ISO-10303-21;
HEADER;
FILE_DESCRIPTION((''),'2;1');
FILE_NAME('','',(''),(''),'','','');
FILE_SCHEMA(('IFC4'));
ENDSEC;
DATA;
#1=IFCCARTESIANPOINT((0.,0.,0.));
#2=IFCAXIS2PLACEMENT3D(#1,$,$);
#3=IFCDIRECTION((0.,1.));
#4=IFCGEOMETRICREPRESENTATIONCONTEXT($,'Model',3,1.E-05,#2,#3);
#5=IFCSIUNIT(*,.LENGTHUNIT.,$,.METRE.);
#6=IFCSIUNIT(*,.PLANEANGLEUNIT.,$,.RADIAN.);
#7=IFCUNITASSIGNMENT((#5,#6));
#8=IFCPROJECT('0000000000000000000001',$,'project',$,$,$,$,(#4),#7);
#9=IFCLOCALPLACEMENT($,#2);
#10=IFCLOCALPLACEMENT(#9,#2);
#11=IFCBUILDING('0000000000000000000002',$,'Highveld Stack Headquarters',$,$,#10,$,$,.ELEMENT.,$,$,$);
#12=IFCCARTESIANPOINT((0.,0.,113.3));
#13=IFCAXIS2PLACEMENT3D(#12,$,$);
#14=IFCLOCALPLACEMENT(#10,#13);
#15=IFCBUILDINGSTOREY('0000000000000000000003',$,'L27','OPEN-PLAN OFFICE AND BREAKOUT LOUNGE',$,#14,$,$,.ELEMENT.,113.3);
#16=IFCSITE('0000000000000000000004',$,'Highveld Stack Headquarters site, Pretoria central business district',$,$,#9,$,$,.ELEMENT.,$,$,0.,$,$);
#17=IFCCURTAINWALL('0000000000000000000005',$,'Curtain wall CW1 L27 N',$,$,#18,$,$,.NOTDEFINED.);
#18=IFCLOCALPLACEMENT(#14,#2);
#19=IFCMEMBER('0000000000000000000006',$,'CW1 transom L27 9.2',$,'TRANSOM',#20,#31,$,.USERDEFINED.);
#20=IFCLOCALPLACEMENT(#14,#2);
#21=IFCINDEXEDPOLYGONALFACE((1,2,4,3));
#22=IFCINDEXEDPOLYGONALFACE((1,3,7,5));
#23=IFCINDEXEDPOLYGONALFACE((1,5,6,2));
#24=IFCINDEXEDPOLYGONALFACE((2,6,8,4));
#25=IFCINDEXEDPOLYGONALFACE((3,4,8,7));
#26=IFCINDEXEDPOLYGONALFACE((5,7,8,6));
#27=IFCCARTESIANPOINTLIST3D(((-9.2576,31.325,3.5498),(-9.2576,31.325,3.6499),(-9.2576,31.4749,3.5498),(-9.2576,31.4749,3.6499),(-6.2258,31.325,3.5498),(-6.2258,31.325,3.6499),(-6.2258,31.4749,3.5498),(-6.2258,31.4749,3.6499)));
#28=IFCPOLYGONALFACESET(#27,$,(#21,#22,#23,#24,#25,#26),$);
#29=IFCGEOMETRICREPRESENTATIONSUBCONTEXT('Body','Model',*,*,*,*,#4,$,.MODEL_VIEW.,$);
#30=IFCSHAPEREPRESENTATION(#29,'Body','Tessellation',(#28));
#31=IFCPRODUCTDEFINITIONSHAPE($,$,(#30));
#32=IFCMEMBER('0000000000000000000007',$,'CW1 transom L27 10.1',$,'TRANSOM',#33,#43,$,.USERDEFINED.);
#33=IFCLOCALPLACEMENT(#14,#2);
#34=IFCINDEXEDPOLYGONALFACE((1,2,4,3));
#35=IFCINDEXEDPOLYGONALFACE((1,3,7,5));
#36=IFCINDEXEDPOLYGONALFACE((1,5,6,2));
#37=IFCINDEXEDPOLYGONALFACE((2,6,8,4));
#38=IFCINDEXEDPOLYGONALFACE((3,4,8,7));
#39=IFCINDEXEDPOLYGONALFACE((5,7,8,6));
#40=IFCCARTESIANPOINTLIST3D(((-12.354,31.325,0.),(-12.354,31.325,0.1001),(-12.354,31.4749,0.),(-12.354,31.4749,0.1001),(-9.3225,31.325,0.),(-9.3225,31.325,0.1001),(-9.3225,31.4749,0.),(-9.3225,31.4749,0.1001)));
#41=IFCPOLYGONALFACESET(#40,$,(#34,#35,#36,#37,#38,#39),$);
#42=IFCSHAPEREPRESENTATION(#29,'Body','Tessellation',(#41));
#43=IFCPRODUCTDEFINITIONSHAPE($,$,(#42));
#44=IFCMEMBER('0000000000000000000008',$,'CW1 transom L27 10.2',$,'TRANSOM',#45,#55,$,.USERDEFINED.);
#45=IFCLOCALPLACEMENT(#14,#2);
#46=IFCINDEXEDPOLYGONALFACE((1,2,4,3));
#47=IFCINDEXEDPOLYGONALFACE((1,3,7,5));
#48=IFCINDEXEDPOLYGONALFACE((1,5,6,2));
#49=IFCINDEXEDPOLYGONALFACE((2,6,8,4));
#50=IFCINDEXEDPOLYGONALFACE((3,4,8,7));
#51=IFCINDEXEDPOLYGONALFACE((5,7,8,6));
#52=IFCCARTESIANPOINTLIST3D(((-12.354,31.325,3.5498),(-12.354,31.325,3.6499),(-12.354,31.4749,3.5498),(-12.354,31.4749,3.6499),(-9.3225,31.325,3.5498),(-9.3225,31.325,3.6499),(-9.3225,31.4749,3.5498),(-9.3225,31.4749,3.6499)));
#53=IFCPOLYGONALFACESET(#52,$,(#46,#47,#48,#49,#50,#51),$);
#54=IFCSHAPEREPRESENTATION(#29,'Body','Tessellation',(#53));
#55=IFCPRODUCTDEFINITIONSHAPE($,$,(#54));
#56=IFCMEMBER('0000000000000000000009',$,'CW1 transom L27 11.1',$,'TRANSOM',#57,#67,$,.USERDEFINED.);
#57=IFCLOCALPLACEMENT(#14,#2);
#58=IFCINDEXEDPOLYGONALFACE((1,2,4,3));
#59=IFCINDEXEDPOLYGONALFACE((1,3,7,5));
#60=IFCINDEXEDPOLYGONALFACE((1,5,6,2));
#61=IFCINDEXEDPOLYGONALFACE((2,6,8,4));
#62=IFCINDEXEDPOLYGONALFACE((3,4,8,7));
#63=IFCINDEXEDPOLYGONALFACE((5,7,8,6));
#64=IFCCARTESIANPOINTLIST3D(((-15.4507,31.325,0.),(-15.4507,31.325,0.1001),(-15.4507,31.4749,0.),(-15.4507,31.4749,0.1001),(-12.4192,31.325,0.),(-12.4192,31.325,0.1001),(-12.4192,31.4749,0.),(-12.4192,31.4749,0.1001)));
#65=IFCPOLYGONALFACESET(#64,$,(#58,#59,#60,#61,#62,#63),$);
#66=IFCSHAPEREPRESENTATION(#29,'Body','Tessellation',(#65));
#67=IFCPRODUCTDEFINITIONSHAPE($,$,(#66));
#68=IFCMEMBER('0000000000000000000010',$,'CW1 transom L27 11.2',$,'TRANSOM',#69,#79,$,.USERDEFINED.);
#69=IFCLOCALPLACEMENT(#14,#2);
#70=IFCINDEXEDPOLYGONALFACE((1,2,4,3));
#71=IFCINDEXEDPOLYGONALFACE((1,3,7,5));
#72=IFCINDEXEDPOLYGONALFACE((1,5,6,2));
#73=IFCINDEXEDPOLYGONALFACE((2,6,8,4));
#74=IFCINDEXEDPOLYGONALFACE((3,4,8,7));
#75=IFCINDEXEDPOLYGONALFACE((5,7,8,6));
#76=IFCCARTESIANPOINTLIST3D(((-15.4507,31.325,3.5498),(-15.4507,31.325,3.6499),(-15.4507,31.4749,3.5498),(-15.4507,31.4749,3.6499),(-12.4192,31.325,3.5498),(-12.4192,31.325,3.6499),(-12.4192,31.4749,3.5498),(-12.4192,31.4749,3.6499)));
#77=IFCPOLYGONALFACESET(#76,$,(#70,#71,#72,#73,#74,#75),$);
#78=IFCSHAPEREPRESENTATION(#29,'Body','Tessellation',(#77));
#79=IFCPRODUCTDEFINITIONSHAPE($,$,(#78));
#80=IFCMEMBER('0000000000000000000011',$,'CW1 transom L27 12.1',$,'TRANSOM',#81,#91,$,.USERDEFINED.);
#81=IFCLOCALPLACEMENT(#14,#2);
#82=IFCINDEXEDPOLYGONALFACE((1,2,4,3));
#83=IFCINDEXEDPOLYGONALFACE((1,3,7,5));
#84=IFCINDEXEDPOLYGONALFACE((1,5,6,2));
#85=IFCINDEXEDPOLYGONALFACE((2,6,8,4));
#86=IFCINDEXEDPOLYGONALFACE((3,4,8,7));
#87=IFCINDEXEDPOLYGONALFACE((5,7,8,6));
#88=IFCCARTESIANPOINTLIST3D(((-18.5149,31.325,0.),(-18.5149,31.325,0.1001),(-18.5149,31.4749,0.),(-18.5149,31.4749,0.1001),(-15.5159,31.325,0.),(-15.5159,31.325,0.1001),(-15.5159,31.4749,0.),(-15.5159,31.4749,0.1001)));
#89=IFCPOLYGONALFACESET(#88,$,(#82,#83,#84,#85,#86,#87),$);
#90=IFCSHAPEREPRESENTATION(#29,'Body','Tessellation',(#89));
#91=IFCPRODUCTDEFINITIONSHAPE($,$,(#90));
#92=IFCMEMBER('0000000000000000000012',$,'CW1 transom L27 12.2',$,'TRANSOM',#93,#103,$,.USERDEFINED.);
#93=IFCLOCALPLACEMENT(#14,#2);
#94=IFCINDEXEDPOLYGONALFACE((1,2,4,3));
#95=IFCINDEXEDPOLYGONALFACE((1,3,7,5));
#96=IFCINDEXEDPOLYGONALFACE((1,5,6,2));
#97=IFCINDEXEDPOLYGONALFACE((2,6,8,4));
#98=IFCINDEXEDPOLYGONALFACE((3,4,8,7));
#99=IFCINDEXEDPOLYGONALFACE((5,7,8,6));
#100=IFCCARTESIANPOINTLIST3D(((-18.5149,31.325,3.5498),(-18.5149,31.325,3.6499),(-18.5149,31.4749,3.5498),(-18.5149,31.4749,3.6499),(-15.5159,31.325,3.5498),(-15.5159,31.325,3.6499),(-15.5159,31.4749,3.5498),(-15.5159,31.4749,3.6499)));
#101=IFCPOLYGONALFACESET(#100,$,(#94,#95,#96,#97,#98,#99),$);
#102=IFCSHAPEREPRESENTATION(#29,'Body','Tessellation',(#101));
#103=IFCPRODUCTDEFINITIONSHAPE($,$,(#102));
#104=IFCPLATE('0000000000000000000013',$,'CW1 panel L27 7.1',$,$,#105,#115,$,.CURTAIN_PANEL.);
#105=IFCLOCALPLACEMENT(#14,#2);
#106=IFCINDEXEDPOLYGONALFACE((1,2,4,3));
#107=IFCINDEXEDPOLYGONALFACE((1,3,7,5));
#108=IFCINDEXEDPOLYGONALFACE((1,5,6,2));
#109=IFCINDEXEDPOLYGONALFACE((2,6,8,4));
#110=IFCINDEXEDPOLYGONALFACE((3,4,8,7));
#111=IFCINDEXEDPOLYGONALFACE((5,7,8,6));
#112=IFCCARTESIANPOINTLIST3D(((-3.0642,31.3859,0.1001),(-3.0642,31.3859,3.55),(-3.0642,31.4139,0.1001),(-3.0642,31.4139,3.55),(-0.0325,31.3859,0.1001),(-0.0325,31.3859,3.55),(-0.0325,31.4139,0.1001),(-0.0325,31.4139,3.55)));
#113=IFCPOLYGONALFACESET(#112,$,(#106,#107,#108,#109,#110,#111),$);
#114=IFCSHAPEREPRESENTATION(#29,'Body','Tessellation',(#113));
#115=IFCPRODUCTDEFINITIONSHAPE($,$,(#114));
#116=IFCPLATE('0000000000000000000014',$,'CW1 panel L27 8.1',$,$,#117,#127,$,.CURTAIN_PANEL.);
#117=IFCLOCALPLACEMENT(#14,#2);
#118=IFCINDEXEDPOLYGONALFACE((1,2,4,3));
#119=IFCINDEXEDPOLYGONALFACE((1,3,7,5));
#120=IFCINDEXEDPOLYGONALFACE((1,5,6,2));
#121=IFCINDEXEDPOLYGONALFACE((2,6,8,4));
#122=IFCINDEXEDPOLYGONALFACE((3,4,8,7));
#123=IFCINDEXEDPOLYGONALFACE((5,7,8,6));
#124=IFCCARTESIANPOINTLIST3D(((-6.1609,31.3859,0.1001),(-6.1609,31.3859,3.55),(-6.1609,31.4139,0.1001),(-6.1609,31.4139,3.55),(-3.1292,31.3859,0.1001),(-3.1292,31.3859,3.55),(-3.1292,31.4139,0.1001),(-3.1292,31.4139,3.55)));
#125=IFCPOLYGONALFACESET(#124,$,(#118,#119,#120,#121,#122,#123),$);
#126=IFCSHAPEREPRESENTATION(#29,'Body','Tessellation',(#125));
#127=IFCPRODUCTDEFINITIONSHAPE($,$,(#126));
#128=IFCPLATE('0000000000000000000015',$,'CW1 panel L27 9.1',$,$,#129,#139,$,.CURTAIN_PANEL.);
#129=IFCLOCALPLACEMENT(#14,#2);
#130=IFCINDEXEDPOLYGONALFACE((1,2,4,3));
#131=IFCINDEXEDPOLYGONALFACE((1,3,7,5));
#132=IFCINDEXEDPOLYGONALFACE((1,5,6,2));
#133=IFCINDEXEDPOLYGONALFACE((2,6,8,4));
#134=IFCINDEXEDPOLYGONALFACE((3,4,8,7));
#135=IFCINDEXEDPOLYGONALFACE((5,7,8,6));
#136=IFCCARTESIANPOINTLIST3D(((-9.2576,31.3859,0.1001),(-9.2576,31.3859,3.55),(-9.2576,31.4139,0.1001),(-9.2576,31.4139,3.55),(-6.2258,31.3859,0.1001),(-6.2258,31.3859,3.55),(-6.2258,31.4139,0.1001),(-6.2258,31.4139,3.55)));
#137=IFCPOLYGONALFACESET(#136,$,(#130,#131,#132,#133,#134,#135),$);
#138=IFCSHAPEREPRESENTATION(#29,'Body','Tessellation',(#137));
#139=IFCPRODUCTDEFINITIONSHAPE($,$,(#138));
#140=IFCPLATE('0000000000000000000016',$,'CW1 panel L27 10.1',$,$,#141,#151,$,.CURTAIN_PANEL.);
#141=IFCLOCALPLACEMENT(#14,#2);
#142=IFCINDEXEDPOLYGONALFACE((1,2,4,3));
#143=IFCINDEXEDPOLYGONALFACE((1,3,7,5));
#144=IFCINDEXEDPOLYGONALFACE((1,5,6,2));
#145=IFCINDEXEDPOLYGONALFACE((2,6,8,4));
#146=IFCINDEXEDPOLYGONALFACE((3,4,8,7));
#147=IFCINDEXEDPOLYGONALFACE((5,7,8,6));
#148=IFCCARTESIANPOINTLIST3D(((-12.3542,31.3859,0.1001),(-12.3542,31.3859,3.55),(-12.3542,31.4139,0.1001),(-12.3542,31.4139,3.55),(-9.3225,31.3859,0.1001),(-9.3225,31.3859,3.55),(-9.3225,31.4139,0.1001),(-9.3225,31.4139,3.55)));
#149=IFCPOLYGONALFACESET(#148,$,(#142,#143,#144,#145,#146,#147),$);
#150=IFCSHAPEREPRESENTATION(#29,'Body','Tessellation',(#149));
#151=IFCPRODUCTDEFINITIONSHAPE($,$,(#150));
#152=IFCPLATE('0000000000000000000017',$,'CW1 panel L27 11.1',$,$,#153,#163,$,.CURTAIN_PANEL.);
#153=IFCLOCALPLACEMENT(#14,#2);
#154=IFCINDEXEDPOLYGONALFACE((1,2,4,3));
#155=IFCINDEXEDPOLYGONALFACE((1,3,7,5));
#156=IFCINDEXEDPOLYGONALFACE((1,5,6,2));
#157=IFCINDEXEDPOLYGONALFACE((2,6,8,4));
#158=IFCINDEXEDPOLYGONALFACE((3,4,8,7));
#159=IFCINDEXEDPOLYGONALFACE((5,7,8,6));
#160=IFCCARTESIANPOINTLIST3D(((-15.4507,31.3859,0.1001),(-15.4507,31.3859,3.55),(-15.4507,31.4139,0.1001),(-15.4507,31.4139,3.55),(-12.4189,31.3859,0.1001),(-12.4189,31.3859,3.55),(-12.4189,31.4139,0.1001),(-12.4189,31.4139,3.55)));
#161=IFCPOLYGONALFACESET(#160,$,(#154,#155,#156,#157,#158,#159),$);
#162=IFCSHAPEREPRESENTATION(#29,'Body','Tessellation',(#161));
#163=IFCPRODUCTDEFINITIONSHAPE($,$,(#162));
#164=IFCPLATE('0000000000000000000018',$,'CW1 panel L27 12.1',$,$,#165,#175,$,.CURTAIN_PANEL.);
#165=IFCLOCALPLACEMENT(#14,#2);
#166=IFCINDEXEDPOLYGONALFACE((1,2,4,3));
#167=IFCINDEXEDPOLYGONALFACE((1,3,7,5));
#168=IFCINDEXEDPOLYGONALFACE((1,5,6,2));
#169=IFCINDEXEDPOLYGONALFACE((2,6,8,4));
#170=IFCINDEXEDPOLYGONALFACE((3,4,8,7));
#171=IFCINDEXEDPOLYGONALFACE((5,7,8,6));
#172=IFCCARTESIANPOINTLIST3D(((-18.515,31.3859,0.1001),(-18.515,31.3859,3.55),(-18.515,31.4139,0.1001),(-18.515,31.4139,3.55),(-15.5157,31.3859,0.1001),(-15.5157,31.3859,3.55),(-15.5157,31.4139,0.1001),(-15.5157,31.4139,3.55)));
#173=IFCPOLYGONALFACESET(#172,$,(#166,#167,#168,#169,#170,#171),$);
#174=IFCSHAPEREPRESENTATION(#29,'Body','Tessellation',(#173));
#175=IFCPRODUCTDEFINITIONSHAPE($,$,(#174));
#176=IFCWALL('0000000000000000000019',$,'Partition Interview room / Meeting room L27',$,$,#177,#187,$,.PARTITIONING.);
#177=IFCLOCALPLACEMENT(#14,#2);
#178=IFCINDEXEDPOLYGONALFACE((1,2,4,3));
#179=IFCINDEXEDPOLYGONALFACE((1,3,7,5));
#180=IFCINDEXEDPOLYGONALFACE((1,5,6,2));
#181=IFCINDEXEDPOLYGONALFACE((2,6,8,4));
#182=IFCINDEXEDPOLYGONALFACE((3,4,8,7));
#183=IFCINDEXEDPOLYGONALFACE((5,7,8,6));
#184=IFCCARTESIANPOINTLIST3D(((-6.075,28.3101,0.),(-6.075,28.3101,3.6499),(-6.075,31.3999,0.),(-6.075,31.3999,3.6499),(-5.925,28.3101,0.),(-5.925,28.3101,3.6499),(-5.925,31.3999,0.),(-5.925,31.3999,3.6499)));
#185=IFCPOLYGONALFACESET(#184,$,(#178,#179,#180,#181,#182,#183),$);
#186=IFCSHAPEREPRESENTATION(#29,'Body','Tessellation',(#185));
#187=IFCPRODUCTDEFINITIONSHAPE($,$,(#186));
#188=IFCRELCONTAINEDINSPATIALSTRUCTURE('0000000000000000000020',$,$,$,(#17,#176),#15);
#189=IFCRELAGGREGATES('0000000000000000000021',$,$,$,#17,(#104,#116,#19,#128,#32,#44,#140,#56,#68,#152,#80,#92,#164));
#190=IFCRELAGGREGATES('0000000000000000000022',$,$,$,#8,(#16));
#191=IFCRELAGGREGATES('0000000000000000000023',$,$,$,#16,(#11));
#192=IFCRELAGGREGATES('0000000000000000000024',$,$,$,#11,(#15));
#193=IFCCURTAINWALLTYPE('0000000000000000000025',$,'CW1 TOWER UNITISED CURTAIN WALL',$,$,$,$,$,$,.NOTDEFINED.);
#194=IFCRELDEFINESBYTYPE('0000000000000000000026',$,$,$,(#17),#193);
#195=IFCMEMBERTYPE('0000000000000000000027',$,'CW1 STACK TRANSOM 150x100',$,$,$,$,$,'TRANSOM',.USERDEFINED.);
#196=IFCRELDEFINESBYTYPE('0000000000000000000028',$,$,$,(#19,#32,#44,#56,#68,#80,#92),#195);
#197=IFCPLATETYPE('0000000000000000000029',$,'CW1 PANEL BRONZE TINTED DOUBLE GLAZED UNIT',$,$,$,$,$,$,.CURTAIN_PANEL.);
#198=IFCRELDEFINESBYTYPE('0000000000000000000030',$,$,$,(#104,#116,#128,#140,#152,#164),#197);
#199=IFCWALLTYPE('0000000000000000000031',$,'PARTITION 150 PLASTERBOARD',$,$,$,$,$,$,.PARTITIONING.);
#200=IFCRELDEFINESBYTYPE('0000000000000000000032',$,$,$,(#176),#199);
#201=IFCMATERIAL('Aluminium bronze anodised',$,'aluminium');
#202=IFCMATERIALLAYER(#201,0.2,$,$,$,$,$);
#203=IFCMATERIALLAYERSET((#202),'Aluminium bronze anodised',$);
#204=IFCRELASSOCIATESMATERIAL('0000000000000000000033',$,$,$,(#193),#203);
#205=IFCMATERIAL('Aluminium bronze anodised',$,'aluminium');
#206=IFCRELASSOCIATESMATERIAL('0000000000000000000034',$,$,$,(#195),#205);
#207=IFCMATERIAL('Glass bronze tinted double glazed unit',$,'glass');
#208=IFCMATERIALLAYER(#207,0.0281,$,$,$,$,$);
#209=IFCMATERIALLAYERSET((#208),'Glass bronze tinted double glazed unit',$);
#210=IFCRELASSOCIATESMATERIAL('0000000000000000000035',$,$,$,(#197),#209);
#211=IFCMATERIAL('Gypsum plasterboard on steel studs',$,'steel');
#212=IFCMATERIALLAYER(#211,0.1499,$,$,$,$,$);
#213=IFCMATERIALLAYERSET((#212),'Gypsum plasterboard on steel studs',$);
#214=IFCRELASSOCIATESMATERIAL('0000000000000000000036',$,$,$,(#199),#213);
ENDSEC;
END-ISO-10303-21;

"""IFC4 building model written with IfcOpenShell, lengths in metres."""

from ifc_helpers import new_model, si_unit, direction, frame, frame_2d, origin, origin_2d, place, context, subcontext, project, spatial, rectangle, extrude, material, layer, layer_set, material_profile, profile_set, type_object, element, aggregate, save


model = new_model("IFC4")

# Units and contexts
model_context = context("Model", 3, precision=1e-05, world=origin(), true_north=direction((0.0, 1.0)))
body_context = subcontext(model_context, "Body", "Model", "MODEL_VIEW")
ifc_project = project(units=[si_unit("LENGTHUNIT", "METRE"), si_unit("PLANEANGLEUNIT", "RADIAN")], contexts=[model_context])

# Site, building, storey
site_placement = place(None, origin())
site = spatial("IfcSite", under=ifc_project, at=site_placement, Name="Highveld Stack Headquarters site, Pretoria central business district", CompositionType="ELEMENT", RefElevation=0.0)
building_placement = place(site_placement, origin())
building = spatial("IfcBuilding", under=site, at=building_placement, Name="Highveld Stack Headquarters", CompositionType="ELEMENT")
storey_placement = place(building_placement, frame((0.0, 0.0, 113.3)))
storey = spatial("IfcBuildingStorey", under=building, at=storey_placement, Name="L27", Description="OPEN-PLAN OFFICE AND BREAKOUT LOUNGE", CompositionType="ELEMENT", Elevation=113.3)

# Curtain wall, members, plates
ifc_material_1 = material(Name="Aluminium bronze anodised", Category="aluminium")
ifc_layer_1 = layer(ifc_material_1, 0.2)
ifc_layer_set_1 = layer_set([ifc_layer_1], Name="Aluminium bronze anodised")
curtain_wall_type = type_object("IfcCurtainWallType", Name="CW1 TOWER UNITISED CURTAIN WALL", PredefinedType="NOTDEFINED", material=ifc_layer_set_1)
curtain_wall_placement = place(storey_placement, origin())
curtain_wall = element("IfcCurtainWall", 1, at=curtain_wall_placement, inside=storey, type_object=curtain_wall_type, Name="Curtain wall CW1 L27 N", PredefinedType="NOTDEFINED")
ifc_material_2 = material(Name="Aluminium bronze anodised", Category="aluminium")
ifc_material_profile_1 = material_profile(ifc_material_2, rectangle(XDim=0.1499, YDim=0.1001, at=origin_2d()), Name="CW1 TRANSOM 150x100")
ifc_profile_set_1 = profile_set([ifc_material_profile_1], Name="Aluminium bronze anodised")
member_type_1 = type_object("IfcMemberType", Name="CW1 STACK TRANSOM 150x100", ElementType="TRANSOM", PredefinedType="USERDEFINED", material=ifc_profile_set_1)
member_1_placement = place(storey_placement, frame((-6.2258, 31.3999, 3.5999), z_axis=(-1.0, 0.0, 0.0), x_axis=(0.0, -1.0, 0.0)))
member_1 = element("IfcMember", 2, at=member_1_placement, type_object=member_type_1, Name="CW1 transom L27 9.2", ObjectType="TRANSOM", PredefinedType="USERDEFINED", context=body_context, shape_type="SweptSolid", body=[
    extrude(rectangle(XDim=0.1499, YDim=0.1001, at=origin_2d()), origin(), (0.0, 0.0, 1.0), 3.0317),
])
member_2_placement = place(storey_placement, frame((-9.3225, 31.3999, 0.05), z_axis=(-1.0, 0.0, 0.0), x_axis=(0.0, -1.0, 0.0)))
member_2 = element("IfcMember", 3, at=member_2_placement, type_object=member_type_1, Name="CW1 transom L27 10.1", ObjectType="TRANSOM", PredefinedType="USERDEFINED", context=body_context, shape_type="SweptSolid", body=[
    extrude(rectangle(XDim=0.1499, YDim=0.1001, at=origin_2d()), origin(), (0.0, 0.0, 1.0), 3.0315),
])
member_3_placement = place(storey_placement, frame((-9.3225, 31.3999, 3.5999), z_axis=(-1.0, 0.0, 0.0), x_axis=(0.0, -1.0, 0.0)))
member_3 = element("IfcMember", 4, at=member_3_placement, type_object=member_type_1, Name="CW1 transom L27 10.2", ObjectType="TRANSOM", PredefinedType="USERDEFINED", context=body_context, shape_type="SweptSolid", body=[
    extrude(rectangle(XDim=0.1499, YDim=0.1001, at=origin_2d()), origin(), (0.0, 0.0, 1.0), 3.0315),
])
member_4_placement = place(storey_placement, frame((-12.4192, 31.3999, 0.05), z_axis=(-1.0, 0.0, 0.0), x_axis=(0.0, -1.0, 0.0)))
member_4 = element("IfcMember", 5, at=member_4_placement, type_object=member_type_1, Name="CW1 transom L27 11.1", ObjectType="TRANSOM", PredefinedType="USERDEFINED", context=body_context, shape_type="SweptSolid", body=[
    extrude(rectangle(XDim=0.1499, YDim=0.1001, at=origin_2d()), origin(), (0.0, 0.0, 1.0), 3.0315),
])
member_5_placement = place(storey_placement, frame((-12.4192, 31.3999, 3.5999), z_axis=(-1.0, 0.0, 0.0), x_axis=(0.0, -1.0, 0.0)))
member_5 = element("IfcMember", 6, at=member_5_placement, type_object=member_type_1, Name="CW1 transom L27 11.2", ObjectType="TRANSOM", PredefinedType="USERDEFINED", context=body_context, shape_type="SweptSolid", body=[
    extrude(rectangle(XDim=0.1499, YDim=0.1001, at=origin_2d()), origin(), (0.0, 0.0, 1.0), 3.0315),
])
member_6_placement = place(storey_placement, frame((-15.5159, 31.3999, 0.05), z_axis=(-1.0, 0.0, 0.0), x_axis=(0.0, -1.0, 0.0)))
member_6 = element("IfcMember", 7, at=member_6_placement, type_object=member_type_1, Name="CW1 transom L27 12.1", ObjectType="TRANSOM", PredefinedType="USERDEFINED", context=body_context, shape_type="SweptSolid", body=[
    extrude(rectangle(XDim=0.1499, YDim=0.1001, at=origin_2d()), origin(), (0.0, 0.0, 1.0), 2.999),
])
member_7_placement = place(storey_placement, frame((-15.5159, 31.3999, 3.5999), z_axis=(-1.0, 0.0, 0.0), x_axis=(0.0, -1.0, 0.0)))
member_7 = element("IfcMember", 8, at=member_7_placement, type_object=member_type_1, Name="CW1 transom L27 12.2", ObjectType="TRANSOM", PredefinedType="USERDEFINED", context=body_context, shape_type="SweptSolid", body=[
    extrude(rectangle(XDim=0.1499, YDim=0.1001, at=origin_2d()), origin(), (0.0, 0.0, 1.0), 2.999),
])
ifc_material_3 = material(Name="Glass bronze tinted double glazed unit", Category="glass")
ifc_layer_2 = layer(ifc_material_3, 0.0281)
ifc_layer_set_2 = layer_set([ifc_layer_2], Name="Glass bronze tinted double glazed unit")
plate_type = type_object("IfcPlateType", Name="CW1 PANEL BRONZE TINTED DOUBLE GLAZED UNIT", PredefinedType="CURTAIN_PANEL", material=ifc_layer_set_2)
plate_1_placement = place(storey_placement, frame((-1.5483, 31.3999, 0.1001), z_axis=(0.0, 0.0, 1.0), x_axis=(-1.0, 0.0, 0.0)))
plate_1 = element("IfcPlate", 9, at=plate_1_placement, type_object=plate_type, Name="CW1 panel L27 7.1", PredefinedType="CURTAIN_PANEL", context=body_context, shape_type="SweptSolid", body=[
    extrude(rectangle(XDim=3.0317, YDim=0.0281, at=origin_2d()), origin(), (0.0, 0.0, 1.0), 3.45),
])
plate_2_placement = place(storey_placement, frame((-4.645, 31.3999, 0.1001), z_axis=(0.0, 0.0, 1.0), x_axis=(-1.0, 0.0, 0.0)))
plate_2 = element("IfcPlate", 10, at=plate_2_placement, type_object=plate_type, Name="CW1 panel L27 8.1", PredefinedType="CURTAIN_PANEL", context=body_context, shape_type="SweptSolid", body=[
    extrude(rectangle(XDim=3.0317, YDim=0.0281, at=origin_2d()), origin(), (0.0, 0.0, 1.0), 3.45),
])
plate_3_placement = place(storey_placement, frame((-7.7417, 31.3999, 0.1001), z_axis=(0.0, 0.0, 1.0), x_axis=(-1.0, 0.0, 0.0)))
plate_3 = element("IfcPlate", 11, at=plate_3_placement, type_object=plate_type, Name="CW1 panel L27 9.1", PredefinedType="CURTAIN_PANEL", context=body_context, shape_type="SweptSolid", body=[
    extrude(rectangle(XDim=3.0317, YDim=0.0281, at=origin_2d()), origin(), (0.0, 0.0, 1.0), 3.45),
])
plate_4_placement = place(storey_placement, frame((-10.8384, 31.3999, 0.1001), z_axis=(0.0, 0.0, 1.0), x_axis=(-1.0, 0.0, 0.0)))
plate_4 = element("IfcPlate", 12, at=plate_4_placement, type_object=plate_type, Name="CW1 panel L27 10.1", PredefinedType="CURTAIN_PANEL", context=body_context, shape_type="SweptSolid", body=[
    extrude(rectangle(XDim=3.0317, YDim=0.0281, at=origin_2d()), origin(), (0.0, 0.0, 1.0), 3.45),
])
plate_5_placement = place(storey_placement, frame((-13.9348, 31.3999, 0.1001), z_axis=(0.0, 0.0, 1.0), x_axis=(-1.0, 0.0, 0.0)))
plate_5 = element("IfcPlate", 13, at=plate_5_placement, type_object=plate_type, Name="CW1 panel L27 11.1", PredefinedType="CURTAIN_PANEL", context=body_context, shape_type="SweptSolid", body=[
    extrude(rectangle(XDim=3.0317, YDim=0.0281, at=origin_2d()), origin(), (0.0, 0.0, 1.0), 3.45),
])
plate_6_placement = place(storey_placement, frame((-17.0154, 31.3999, 0.1001), z_axis=(0.0, 0.0, 1.0), x_axis=(-1.0, 0.0, 0.0)))
plate_6 = element("IfcPlate", 14, at=plate_6_placement, type_object=plate_type, Name="CW1 panel L27 12.1", PredefinedType="CURTAIN_PANEL", context=body_context, shape_type="SweptSolid", body=[
    extrude(rectangle(XDim=2.9993, YDim=0.0281, at=origin_2d()), origin(), (0.0, 0.0, 1.0), 3.45),
])
aggregate(curtain_wall, [plate_1, plate_2, member_1, plate_3, member_2, member_3, plate_4, member_4, member_5, plate_5, member_6, member_7, plate_6])

# Wall
ifc_material_4 = material(Name="Gypsum plasterboard on steel studs", Category="steel")
ifc_layer_3 = layer(ifc_material_4, 0.1499)
ifc_layer_set_3 = layer_set([ifc_layer_3], Name="Gypsum plasterboard on steel studs")
wall_type = type_object("IfcWallType", Name="PARTITION 150 PLASTERBOARD", PredefinedType="PARTITIONING", material=ifc_layer_set_3)
wall_placement = place(storey_placement, frame((-6.0, 28.3101, 0.0), z_axis=(0.0, 0.0, 1.0), x_axis=(0.0, 1.0, 0.0)))
element("IfcWall", 15, at=wall_placement, inside=storey, type_object=wall_type, Name="Partition Interview room / Meeting room L27", PredefinedType="PARTITIONING", context=body_context, shape_type="SweptSolid", body=[
    extrude(rectangle(XDim=3.0898, YDim=0.1499, at=frame_2d((1.5449, 0.0))), origin(), (0.0, 0.0, 1.0), 3.6499),
])

save(model, "model.ifc")
